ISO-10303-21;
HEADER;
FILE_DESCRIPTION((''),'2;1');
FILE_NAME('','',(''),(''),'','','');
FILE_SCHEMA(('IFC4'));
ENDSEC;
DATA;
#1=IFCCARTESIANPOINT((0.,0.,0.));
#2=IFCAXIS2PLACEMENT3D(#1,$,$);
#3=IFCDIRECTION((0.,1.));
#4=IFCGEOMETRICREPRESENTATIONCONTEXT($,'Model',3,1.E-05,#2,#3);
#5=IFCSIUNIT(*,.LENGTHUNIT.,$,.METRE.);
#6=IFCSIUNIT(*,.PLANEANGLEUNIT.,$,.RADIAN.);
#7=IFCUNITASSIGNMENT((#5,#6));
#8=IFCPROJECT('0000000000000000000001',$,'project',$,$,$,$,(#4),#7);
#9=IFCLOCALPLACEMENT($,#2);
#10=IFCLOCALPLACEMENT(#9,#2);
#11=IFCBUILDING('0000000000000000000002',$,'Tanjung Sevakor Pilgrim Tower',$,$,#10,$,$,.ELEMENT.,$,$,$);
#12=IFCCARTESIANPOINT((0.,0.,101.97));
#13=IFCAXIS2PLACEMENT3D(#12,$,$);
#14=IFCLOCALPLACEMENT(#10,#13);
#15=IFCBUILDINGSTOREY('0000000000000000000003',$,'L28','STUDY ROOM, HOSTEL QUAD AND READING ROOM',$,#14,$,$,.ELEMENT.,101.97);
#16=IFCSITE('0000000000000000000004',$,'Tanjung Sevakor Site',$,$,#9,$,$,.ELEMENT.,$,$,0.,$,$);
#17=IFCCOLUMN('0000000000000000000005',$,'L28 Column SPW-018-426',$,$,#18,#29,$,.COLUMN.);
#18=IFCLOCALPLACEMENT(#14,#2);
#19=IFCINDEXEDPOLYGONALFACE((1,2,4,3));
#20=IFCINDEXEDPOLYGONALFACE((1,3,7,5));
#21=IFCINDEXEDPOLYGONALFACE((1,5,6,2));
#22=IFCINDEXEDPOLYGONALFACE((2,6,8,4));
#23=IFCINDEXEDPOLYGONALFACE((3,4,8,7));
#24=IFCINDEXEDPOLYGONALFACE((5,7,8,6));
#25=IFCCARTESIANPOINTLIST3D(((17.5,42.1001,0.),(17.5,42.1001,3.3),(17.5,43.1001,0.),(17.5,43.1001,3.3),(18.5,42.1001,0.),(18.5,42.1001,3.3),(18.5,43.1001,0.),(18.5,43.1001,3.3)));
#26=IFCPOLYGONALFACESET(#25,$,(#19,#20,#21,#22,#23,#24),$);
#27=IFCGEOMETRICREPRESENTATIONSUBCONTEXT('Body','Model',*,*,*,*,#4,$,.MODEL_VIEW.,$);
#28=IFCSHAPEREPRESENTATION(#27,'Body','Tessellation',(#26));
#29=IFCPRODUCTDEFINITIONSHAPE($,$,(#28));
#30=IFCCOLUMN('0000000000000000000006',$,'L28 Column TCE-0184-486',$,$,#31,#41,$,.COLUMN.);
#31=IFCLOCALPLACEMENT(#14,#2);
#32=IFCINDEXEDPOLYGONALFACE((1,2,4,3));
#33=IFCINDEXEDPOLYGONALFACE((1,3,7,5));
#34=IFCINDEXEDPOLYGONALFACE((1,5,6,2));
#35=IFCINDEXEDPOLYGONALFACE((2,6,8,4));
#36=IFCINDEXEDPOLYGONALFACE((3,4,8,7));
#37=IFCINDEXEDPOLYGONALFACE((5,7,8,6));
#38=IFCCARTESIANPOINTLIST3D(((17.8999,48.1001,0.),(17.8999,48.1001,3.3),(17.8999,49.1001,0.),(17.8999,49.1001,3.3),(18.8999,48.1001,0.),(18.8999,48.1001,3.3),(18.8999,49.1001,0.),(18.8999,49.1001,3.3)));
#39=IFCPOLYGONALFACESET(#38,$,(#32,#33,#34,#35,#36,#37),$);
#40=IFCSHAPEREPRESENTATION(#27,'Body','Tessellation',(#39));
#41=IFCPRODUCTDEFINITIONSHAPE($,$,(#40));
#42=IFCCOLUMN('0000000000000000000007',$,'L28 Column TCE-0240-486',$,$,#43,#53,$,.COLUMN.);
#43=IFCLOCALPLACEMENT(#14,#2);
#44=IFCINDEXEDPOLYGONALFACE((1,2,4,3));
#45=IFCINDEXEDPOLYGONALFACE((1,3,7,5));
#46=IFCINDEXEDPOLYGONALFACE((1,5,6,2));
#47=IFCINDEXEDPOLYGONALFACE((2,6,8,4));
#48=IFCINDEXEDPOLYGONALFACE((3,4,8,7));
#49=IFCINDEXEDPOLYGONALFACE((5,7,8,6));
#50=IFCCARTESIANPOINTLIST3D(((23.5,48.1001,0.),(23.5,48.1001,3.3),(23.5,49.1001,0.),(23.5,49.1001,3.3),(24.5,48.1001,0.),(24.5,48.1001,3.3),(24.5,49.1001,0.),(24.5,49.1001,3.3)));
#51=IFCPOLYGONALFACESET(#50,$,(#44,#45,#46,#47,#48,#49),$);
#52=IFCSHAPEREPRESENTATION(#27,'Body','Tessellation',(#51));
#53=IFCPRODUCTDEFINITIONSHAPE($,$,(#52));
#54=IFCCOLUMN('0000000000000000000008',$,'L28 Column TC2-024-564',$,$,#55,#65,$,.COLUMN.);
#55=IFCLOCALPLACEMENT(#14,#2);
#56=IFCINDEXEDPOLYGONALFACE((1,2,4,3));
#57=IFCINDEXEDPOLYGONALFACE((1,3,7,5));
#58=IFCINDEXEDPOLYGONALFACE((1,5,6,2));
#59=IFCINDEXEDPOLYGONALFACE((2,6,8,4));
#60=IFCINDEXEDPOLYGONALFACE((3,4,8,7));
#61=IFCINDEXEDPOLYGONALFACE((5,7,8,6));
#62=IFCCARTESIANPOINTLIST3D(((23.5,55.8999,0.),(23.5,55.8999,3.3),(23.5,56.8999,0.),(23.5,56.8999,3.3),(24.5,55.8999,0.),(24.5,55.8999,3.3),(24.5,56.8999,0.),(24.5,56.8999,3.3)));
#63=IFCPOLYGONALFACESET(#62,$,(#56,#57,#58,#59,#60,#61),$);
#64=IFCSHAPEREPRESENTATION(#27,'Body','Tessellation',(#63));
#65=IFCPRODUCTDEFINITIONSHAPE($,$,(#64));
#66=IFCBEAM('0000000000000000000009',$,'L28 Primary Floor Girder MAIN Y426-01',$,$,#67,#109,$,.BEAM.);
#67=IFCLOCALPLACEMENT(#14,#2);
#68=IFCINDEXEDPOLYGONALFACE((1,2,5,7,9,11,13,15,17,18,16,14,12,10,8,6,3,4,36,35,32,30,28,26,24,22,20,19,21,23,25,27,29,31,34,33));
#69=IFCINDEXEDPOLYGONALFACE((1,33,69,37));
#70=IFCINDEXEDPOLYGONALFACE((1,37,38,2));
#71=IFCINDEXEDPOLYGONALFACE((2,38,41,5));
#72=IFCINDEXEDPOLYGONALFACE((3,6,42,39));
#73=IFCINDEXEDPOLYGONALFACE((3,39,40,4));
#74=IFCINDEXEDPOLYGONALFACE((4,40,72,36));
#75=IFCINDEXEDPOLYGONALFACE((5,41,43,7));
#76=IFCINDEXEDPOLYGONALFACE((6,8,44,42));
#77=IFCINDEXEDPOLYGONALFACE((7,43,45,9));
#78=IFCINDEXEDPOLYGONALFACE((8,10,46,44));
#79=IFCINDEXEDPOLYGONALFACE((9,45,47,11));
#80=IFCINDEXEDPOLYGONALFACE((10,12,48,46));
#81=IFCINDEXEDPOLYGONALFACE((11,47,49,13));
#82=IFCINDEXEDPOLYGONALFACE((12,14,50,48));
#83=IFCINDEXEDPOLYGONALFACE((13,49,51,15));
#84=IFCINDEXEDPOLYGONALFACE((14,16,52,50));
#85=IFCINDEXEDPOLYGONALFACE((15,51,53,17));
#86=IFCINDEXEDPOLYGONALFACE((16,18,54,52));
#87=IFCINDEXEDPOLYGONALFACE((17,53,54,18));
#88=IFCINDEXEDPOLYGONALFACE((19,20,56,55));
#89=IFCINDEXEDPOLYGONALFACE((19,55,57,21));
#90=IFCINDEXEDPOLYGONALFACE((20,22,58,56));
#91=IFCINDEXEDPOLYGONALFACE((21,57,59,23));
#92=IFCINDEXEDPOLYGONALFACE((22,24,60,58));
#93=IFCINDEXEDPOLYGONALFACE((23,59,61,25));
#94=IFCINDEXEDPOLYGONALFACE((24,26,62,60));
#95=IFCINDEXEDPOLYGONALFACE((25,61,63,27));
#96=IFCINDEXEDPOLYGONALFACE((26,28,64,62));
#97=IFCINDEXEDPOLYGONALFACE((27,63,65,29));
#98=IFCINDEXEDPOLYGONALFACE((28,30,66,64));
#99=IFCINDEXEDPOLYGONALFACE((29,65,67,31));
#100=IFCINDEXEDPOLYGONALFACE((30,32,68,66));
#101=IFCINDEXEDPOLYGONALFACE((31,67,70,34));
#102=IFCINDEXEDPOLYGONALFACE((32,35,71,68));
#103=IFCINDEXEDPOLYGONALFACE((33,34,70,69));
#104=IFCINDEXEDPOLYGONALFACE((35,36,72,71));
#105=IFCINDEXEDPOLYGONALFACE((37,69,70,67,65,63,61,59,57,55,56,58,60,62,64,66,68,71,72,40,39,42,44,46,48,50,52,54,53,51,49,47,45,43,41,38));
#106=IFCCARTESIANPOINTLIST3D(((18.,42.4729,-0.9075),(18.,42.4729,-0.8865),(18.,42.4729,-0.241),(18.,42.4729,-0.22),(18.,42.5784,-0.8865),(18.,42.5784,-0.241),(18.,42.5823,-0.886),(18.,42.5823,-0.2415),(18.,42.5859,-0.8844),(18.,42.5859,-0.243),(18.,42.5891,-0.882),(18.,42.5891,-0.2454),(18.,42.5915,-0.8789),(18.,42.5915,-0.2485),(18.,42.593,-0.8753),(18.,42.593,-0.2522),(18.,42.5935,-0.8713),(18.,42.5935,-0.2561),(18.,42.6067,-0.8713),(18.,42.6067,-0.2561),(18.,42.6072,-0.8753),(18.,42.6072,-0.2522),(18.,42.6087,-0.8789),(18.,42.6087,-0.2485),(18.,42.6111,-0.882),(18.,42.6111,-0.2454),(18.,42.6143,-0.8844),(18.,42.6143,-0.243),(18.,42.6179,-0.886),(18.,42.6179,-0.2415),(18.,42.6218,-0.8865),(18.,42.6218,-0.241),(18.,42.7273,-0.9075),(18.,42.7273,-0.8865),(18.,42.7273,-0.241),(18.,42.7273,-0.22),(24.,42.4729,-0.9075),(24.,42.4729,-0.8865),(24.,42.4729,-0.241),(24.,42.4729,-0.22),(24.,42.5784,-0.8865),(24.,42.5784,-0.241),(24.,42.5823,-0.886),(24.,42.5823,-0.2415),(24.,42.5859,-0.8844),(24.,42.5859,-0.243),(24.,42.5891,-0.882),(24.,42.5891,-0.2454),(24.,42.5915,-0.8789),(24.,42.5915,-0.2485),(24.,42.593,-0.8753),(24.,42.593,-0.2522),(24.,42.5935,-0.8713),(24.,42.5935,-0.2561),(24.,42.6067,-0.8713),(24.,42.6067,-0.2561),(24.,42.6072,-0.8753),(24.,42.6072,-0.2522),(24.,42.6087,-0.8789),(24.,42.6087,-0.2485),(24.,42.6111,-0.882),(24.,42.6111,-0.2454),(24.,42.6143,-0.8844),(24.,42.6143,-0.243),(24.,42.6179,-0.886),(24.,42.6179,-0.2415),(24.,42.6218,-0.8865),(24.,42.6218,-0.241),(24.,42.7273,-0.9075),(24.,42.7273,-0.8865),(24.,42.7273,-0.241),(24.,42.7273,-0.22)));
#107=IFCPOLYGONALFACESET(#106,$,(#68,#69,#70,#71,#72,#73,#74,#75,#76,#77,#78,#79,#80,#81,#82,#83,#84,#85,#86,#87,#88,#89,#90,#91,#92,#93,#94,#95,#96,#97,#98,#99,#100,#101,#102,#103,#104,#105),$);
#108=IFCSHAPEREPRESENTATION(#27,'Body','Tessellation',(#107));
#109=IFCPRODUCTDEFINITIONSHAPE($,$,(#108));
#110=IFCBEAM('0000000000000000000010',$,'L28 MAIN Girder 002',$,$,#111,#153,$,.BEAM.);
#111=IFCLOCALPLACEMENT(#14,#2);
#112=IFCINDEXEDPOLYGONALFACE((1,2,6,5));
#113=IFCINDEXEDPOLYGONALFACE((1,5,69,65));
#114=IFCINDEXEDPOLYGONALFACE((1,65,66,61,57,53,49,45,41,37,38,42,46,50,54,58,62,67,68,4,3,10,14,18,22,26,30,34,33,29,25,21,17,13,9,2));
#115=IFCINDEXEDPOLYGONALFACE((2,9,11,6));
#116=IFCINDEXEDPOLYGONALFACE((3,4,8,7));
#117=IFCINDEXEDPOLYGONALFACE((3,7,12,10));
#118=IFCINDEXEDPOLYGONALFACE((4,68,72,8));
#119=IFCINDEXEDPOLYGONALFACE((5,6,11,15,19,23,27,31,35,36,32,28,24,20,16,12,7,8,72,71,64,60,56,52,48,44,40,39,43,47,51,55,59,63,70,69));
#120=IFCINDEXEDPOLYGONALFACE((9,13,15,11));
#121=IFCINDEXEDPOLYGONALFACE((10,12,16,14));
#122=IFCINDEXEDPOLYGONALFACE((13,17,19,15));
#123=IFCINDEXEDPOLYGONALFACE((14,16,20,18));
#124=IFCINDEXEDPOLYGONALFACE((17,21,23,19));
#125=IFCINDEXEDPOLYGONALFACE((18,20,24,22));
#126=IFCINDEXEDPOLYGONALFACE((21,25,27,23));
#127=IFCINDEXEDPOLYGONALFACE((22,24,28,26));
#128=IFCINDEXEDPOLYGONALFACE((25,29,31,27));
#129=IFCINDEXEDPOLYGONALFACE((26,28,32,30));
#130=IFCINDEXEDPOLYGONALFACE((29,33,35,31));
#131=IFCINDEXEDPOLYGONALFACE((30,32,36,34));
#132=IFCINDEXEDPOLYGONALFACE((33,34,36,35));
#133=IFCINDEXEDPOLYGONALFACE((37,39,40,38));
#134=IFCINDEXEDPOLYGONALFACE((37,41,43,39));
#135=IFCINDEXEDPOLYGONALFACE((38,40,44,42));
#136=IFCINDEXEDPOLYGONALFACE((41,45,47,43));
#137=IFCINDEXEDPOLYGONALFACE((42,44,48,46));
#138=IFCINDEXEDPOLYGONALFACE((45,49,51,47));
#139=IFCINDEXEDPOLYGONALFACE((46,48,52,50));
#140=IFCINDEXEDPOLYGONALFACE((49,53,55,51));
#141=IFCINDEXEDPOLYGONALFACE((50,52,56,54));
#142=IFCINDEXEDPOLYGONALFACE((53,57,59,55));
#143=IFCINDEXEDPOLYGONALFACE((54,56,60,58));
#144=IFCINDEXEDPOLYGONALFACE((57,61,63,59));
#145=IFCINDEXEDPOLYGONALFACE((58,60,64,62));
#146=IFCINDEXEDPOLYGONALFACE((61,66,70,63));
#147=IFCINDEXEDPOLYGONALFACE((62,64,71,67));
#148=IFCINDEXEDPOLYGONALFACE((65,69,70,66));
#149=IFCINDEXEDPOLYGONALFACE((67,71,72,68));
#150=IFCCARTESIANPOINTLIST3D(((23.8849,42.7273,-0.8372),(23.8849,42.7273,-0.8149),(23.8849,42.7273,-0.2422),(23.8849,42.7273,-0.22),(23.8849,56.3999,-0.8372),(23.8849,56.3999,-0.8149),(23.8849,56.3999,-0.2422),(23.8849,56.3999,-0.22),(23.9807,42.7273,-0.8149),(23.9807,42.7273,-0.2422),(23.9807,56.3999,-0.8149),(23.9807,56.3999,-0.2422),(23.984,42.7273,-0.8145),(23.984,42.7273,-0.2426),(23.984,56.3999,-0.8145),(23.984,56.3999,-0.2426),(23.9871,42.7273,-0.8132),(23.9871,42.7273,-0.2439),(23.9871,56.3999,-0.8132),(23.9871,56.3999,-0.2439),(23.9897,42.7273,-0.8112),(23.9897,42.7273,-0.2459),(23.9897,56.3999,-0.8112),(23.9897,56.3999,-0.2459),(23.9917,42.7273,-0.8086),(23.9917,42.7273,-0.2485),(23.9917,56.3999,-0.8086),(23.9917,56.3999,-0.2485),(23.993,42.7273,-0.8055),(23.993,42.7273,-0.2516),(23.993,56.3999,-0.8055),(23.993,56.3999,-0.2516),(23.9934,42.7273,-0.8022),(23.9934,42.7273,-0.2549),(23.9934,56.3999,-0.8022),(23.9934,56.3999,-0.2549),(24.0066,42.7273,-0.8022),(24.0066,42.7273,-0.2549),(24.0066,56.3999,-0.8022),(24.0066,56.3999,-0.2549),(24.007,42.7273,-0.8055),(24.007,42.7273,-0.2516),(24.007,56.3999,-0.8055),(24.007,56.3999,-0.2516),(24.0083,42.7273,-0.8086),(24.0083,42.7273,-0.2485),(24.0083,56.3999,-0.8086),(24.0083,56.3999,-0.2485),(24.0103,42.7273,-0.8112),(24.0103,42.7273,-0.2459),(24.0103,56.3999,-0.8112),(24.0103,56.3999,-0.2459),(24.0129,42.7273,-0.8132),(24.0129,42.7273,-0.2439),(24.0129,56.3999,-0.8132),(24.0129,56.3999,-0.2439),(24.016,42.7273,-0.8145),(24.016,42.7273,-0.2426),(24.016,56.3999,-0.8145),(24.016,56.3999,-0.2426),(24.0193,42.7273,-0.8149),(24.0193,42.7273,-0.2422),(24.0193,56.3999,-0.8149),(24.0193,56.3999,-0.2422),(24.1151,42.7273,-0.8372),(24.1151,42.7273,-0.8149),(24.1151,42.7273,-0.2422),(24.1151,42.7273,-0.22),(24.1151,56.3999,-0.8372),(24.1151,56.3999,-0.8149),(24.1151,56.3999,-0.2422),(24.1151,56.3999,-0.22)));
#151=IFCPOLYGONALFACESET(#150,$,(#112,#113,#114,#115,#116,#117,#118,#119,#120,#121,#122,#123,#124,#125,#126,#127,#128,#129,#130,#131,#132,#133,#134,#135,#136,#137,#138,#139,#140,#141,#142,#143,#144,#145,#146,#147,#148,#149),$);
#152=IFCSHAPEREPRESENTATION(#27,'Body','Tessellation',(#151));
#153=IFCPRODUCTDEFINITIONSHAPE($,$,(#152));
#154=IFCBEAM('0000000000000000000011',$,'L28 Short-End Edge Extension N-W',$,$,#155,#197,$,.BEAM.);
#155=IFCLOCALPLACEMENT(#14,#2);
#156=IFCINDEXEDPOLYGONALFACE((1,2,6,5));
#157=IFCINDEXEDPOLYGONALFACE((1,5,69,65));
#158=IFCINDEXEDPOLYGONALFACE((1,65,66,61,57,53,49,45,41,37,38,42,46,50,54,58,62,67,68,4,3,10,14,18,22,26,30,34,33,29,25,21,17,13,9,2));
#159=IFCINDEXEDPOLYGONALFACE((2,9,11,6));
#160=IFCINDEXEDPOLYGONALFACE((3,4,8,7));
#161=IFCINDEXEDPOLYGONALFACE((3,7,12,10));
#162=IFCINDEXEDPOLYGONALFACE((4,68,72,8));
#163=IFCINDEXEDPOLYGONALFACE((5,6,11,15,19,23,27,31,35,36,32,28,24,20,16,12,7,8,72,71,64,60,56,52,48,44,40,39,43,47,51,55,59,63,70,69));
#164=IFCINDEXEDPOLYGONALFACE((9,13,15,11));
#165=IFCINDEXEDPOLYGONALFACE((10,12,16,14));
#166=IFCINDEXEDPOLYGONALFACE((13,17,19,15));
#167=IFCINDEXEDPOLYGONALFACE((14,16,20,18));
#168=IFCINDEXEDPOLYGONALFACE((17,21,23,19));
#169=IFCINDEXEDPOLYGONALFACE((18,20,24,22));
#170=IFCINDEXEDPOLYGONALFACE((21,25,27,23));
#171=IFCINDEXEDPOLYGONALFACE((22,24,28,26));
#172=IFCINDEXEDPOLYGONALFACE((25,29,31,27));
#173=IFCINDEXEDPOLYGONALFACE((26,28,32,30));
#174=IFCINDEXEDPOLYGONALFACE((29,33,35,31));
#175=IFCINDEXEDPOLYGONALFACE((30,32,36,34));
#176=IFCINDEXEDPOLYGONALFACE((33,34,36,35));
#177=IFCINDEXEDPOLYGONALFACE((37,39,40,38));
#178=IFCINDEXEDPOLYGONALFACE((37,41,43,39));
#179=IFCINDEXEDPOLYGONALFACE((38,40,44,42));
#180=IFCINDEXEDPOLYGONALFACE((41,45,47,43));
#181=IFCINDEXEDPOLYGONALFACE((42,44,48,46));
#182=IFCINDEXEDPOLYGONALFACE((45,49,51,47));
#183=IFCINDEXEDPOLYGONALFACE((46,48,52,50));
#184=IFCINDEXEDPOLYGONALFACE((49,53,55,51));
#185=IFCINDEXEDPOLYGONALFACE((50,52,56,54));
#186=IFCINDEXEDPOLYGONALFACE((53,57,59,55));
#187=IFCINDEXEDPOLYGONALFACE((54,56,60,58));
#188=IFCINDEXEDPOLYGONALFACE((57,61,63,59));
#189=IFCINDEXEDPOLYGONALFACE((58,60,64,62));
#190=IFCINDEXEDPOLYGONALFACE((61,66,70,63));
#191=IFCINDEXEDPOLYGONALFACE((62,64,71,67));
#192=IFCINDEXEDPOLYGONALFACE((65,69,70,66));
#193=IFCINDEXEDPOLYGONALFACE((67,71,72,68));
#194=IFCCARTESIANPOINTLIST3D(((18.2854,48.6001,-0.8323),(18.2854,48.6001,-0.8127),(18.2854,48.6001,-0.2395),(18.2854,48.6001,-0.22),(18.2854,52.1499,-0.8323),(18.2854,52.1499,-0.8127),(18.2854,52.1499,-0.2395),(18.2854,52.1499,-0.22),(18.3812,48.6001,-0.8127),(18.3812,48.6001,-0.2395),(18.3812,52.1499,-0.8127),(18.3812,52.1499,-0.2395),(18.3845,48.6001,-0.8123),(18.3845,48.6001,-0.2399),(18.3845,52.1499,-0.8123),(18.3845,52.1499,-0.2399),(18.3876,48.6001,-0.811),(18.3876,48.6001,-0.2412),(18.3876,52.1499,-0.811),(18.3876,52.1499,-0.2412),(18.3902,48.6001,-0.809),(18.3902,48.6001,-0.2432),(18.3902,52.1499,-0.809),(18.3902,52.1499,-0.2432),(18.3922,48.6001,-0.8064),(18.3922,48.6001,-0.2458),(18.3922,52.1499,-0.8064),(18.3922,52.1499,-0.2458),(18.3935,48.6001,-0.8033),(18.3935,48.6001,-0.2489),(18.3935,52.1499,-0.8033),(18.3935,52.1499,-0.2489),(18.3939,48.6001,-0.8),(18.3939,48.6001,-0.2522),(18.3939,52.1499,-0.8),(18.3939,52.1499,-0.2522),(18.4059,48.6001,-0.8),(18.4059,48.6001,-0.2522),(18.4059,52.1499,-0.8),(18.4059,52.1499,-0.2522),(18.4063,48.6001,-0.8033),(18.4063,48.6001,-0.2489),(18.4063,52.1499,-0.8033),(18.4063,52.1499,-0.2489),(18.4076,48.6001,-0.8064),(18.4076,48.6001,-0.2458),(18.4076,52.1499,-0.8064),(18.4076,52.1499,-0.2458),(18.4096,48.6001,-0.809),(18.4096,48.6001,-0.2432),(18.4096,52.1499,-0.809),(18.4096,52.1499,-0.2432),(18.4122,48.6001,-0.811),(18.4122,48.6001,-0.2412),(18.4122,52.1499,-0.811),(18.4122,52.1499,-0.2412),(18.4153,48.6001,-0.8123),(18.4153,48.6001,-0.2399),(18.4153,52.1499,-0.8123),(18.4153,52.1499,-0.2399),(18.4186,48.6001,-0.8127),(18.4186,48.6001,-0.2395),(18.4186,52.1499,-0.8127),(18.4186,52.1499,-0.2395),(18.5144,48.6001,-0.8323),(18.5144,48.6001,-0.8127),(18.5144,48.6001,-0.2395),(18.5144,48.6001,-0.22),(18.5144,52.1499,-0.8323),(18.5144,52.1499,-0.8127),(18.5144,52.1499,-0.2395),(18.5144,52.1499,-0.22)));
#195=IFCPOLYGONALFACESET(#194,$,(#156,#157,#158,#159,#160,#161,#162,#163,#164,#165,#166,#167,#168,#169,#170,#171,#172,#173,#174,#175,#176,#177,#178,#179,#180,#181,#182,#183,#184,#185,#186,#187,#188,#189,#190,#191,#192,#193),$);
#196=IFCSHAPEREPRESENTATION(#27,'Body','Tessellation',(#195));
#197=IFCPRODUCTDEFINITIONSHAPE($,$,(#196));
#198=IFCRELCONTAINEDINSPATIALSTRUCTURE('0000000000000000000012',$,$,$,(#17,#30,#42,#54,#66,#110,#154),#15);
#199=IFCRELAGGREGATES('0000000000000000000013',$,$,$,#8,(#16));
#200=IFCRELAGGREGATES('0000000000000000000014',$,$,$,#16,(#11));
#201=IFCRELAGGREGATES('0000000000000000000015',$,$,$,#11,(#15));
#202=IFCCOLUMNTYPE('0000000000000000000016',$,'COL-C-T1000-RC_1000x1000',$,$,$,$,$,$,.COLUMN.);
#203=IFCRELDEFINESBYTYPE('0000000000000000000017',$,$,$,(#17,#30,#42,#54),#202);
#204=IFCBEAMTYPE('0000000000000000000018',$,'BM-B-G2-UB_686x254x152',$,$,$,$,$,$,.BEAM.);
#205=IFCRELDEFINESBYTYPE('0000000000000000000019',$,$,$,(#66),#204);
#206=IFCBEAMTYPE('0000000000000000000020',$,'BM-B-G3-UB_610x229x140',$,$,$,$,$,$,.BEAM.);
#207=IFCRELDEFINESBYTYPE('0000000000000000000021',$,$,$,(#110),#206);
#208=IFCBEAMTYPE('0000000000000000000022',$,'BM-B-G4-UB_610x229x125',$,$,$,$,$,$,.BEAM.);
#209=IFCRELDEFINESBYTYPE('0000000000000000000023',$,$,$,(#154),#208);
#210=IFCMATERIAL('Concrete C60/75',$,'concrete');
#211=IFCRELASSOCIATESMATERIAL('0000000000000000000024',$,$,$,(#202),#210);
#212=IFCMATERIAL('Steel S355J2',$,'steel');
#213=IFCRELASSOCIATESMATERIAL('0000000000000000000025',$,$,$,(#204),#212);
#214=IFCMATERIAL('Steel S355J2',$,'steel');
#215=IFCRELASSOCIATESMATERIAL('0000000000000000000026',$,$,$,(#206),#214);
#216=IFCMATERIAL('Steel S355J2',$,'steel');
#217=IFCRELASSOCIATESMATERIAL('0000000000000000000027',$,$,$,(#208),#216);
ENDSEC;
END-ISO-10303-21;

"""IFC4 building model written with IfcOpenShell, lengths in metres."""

from ifc_helpers import new_model, si_unit, direction, frame, origin, origin_2d, place, context, subcontext, project, spatial, rectangle, i_section, extrude, material, material_profile, profile_set, type_object, element, save


model = new_model("IFC4")

# Units and contexts
model_context = context("Model", 3, precision=1e-05, world=origin(), true_north=direction((0.0, 1.0)))
body_context = subcontext(model_context, "Body", "Model", "MODEL_VIEW")
ifc_project = project(units=[si_unit("LENGTHUNIT", "METRE"), si_unit("PLANEANGLEUNIT", "RADIAN")], contexts=[model_context])

# Site, building, storey
site_placement = place(None, origin())
site = spatial("IfcSite", under=ifc_project, at=site_placement, Name="Tanjung Sevakor Site", CompositionType="ELEMENT", RefElevation=0.0)
building_placement = place(site_placement, origin())
building = spatial("IfcBuilding", under=site, at=building_placement, Name="Tanjung Sevakor Pilgrim Tower", CompositionType="ELEMENT")
storey_placement = place(building_placement, frame((0.0, 0.0, 101.97)))
storey = spatial("IfcBuildingStorey", under=building, at=storey_placement, Name="L28", Description="STUDY ROOM, HOSTEL QUAD AND READING ROOM", CompositionType="ELEMENT", Elevation=101.97)

# Columns
ifc_material_1 = material(Name="Concrete C60/75", Category="concrete")
ifc_material_profile_1 = material_profile(ifc_material_1, rectangle(XDim=1.0, YDim=1.0, at=origin_2d()))
ifc_profile_set_1 = profile_set([ifc_material_profile_1], Name="Concrete C60/75")
column_type = type_object("IfcColumnType", Name="COL-C-T1000-RC_1000x1000", PredefinedType="COLUMN", material=ifc_profile_set_1)
for number, where, z_axis, x_axis, name in (
    (1, (18.0, 42.6001, 0.0), (0.0, 0.0, 1.0), (1.0, 0.0, 0.0), "L28 Column SPW-018-426"),
    (2, (18.3999, 48.6001, 0.0), (0.0, 0.0, 1.0), (1.0, 0.0, 0.0), "L28 Column TCE-0184-486"),
    (3, (24.0, 48.6001, 0.0), (0.0, 0.0, 1.0), (1.0, 0.0, 0.0), "L28 Column TCE-0240-486"),
    (4, (24.0, 56.3999, 0.0), (0.0, 0.0, 1.0), (1.0, 0.0, 0.0), "L28 Column TC2-024-564"),
):
    element("IfcColumn", number, at=place(storey_placement, frame(where, z_axis=z_axis, x_axis=x_axis)), inside=storey, type_object=column_type, Name=name, PredefinedType="COLUMN", context=body_context, shape_type="SweptSolid", body=[
        extrude(rectangle(XDim=1.0, YDim=1.0, at=origin_2d()), origin(), (0.0, 0.0, 1.0), 3.3),
    ])

# Beams
ifc_material_2 = material(Name="Steel S355J2", Category="steel")
ifc_material_profile_2 = material_profile(ifc_material_2, i_section(OverallWidth=0.2544, OverallDepth=0.6875, WebThickness=0.0132, FlangeThickness=0.021, FilletRadius=0.0151, at=origin_2d()))
ifc_profile_set_2 = profile_set([ifc_material_profile_2], Name="Steel S355J2")
beam_type_1 = type_object("IfcBeamType", Name="BM-B-G2-UB_686x254x152", PredefinedType="BEAM", material=ifc_profile_set_2)
beam_1_placement = place(storey_placement, frame((18.0, 42.6001, -0.5637), z_axis=(1.0, 0.0, 0.0), x_axis=(0.0, 1.0, 0.0)))
element("IfcBeam", 5, at=beam_1_placement, inside=storey, type_object=beam_type_1, Name="L28 Primary Floor Girder MAIN Y426-01", PredefinedType="BEAM", context=body_context, shape_type="SweptSolid", body=[
    extrude(i_section(OverallWidth=0.2544, OverallDepth=0.6875, WebThickness=0.0132, FlangeThickness=0.021, FilletRadius=0.0151, at=origin_2d()), origin(), (0.0, 0.0, 1.0), 6.0),
])
ifc_material_3 = material(Name="Steel S355J2", Category="steel")
ifc_material_profile_3 = material_profile(ifc_material_3, i_section(OverallWidth=0.2302, OverallDepth=0.6172, WebThickness=0.0132, FlangeThickness=0.0222, FilletRadius=0.0127, at=origin_2d()))
ifc_profile_set_3 = profile_set([ifc_material_profile_3], Name="Steel S355J2")
beam_type_2 = type_object("IfcBeamType", Name="BM-B-G3-UB_610x229x140", PredefinedType="BEAM", material=ifc_profile_set_3)
beam_2_placement = place(storey_placement, frame((24.0, 42.7273, -0.5286), z_axis=(0.0, 1.0, 0.0), x_axis=(-1.0, 0.0, 0.0)))
element("IfcBeam", 6, at=beam_2_placement, inside=storey, type_object=beam_type_2, Name="L28 MAIN Girder 002", PredefinedType="BEAM", context=body_context, shape_type="SweptSolid", body=[
    extrude(i_section(OverallWidth=0.2302, OverallDepth=0.6172, WebThickness=0.0132, FlangeThickness=0.0222, FilletRadius=0.0127, at=origin_2d()), origin(), (0.0, 0.0, 1.0), 13.6726),
])
ifc_material_4 = material(Name="Steel S355J2", Category="steel")
ifc_material_profile_4 = material_profile(ifc_material_4, i_section(OverallWidth=0.229, OverallDepth=0.6123, WebThickness=0.012, FlangeThickness=0.0195, FilletRadius=0.0127, at=origin_2d()))
ifc_profile_set_4 = profile_set([ifc_material_profile_4], Name="Steel S355J2")
beam_type_3 = type_object("IfcBeamType", Name="BM-B-G4-UB_610x229x125", PredefinedType="BEAM", material=ifc_profile_set_4)
beam_3_placement = place(storey_placement, frame((18.3999, 48.6001, -0.5261), z_axis=(0.0, 1.0, 0.0), x_axis=(-1.0, 0.0, 0.0)))
element("IfcBeam", 7, at=beam_3_placement, inside=storey, type_object=beam_type_3, Name="L28 Short-End Edge Extension N-W", PredefinedType="BEAM", context=body_context, shape_type="SweptSolid", body=[
    extrude(i_section(OverallWidth=0.229, OverallDepth=0.6123, WebThickness=0.012, FlangeThickness=0.0195, FilletRadius=0.0127, at=origin_2d()), origin(), (0.0, 0.0, 1.0), 3.5498),
])

save(model, "model.ifc")
